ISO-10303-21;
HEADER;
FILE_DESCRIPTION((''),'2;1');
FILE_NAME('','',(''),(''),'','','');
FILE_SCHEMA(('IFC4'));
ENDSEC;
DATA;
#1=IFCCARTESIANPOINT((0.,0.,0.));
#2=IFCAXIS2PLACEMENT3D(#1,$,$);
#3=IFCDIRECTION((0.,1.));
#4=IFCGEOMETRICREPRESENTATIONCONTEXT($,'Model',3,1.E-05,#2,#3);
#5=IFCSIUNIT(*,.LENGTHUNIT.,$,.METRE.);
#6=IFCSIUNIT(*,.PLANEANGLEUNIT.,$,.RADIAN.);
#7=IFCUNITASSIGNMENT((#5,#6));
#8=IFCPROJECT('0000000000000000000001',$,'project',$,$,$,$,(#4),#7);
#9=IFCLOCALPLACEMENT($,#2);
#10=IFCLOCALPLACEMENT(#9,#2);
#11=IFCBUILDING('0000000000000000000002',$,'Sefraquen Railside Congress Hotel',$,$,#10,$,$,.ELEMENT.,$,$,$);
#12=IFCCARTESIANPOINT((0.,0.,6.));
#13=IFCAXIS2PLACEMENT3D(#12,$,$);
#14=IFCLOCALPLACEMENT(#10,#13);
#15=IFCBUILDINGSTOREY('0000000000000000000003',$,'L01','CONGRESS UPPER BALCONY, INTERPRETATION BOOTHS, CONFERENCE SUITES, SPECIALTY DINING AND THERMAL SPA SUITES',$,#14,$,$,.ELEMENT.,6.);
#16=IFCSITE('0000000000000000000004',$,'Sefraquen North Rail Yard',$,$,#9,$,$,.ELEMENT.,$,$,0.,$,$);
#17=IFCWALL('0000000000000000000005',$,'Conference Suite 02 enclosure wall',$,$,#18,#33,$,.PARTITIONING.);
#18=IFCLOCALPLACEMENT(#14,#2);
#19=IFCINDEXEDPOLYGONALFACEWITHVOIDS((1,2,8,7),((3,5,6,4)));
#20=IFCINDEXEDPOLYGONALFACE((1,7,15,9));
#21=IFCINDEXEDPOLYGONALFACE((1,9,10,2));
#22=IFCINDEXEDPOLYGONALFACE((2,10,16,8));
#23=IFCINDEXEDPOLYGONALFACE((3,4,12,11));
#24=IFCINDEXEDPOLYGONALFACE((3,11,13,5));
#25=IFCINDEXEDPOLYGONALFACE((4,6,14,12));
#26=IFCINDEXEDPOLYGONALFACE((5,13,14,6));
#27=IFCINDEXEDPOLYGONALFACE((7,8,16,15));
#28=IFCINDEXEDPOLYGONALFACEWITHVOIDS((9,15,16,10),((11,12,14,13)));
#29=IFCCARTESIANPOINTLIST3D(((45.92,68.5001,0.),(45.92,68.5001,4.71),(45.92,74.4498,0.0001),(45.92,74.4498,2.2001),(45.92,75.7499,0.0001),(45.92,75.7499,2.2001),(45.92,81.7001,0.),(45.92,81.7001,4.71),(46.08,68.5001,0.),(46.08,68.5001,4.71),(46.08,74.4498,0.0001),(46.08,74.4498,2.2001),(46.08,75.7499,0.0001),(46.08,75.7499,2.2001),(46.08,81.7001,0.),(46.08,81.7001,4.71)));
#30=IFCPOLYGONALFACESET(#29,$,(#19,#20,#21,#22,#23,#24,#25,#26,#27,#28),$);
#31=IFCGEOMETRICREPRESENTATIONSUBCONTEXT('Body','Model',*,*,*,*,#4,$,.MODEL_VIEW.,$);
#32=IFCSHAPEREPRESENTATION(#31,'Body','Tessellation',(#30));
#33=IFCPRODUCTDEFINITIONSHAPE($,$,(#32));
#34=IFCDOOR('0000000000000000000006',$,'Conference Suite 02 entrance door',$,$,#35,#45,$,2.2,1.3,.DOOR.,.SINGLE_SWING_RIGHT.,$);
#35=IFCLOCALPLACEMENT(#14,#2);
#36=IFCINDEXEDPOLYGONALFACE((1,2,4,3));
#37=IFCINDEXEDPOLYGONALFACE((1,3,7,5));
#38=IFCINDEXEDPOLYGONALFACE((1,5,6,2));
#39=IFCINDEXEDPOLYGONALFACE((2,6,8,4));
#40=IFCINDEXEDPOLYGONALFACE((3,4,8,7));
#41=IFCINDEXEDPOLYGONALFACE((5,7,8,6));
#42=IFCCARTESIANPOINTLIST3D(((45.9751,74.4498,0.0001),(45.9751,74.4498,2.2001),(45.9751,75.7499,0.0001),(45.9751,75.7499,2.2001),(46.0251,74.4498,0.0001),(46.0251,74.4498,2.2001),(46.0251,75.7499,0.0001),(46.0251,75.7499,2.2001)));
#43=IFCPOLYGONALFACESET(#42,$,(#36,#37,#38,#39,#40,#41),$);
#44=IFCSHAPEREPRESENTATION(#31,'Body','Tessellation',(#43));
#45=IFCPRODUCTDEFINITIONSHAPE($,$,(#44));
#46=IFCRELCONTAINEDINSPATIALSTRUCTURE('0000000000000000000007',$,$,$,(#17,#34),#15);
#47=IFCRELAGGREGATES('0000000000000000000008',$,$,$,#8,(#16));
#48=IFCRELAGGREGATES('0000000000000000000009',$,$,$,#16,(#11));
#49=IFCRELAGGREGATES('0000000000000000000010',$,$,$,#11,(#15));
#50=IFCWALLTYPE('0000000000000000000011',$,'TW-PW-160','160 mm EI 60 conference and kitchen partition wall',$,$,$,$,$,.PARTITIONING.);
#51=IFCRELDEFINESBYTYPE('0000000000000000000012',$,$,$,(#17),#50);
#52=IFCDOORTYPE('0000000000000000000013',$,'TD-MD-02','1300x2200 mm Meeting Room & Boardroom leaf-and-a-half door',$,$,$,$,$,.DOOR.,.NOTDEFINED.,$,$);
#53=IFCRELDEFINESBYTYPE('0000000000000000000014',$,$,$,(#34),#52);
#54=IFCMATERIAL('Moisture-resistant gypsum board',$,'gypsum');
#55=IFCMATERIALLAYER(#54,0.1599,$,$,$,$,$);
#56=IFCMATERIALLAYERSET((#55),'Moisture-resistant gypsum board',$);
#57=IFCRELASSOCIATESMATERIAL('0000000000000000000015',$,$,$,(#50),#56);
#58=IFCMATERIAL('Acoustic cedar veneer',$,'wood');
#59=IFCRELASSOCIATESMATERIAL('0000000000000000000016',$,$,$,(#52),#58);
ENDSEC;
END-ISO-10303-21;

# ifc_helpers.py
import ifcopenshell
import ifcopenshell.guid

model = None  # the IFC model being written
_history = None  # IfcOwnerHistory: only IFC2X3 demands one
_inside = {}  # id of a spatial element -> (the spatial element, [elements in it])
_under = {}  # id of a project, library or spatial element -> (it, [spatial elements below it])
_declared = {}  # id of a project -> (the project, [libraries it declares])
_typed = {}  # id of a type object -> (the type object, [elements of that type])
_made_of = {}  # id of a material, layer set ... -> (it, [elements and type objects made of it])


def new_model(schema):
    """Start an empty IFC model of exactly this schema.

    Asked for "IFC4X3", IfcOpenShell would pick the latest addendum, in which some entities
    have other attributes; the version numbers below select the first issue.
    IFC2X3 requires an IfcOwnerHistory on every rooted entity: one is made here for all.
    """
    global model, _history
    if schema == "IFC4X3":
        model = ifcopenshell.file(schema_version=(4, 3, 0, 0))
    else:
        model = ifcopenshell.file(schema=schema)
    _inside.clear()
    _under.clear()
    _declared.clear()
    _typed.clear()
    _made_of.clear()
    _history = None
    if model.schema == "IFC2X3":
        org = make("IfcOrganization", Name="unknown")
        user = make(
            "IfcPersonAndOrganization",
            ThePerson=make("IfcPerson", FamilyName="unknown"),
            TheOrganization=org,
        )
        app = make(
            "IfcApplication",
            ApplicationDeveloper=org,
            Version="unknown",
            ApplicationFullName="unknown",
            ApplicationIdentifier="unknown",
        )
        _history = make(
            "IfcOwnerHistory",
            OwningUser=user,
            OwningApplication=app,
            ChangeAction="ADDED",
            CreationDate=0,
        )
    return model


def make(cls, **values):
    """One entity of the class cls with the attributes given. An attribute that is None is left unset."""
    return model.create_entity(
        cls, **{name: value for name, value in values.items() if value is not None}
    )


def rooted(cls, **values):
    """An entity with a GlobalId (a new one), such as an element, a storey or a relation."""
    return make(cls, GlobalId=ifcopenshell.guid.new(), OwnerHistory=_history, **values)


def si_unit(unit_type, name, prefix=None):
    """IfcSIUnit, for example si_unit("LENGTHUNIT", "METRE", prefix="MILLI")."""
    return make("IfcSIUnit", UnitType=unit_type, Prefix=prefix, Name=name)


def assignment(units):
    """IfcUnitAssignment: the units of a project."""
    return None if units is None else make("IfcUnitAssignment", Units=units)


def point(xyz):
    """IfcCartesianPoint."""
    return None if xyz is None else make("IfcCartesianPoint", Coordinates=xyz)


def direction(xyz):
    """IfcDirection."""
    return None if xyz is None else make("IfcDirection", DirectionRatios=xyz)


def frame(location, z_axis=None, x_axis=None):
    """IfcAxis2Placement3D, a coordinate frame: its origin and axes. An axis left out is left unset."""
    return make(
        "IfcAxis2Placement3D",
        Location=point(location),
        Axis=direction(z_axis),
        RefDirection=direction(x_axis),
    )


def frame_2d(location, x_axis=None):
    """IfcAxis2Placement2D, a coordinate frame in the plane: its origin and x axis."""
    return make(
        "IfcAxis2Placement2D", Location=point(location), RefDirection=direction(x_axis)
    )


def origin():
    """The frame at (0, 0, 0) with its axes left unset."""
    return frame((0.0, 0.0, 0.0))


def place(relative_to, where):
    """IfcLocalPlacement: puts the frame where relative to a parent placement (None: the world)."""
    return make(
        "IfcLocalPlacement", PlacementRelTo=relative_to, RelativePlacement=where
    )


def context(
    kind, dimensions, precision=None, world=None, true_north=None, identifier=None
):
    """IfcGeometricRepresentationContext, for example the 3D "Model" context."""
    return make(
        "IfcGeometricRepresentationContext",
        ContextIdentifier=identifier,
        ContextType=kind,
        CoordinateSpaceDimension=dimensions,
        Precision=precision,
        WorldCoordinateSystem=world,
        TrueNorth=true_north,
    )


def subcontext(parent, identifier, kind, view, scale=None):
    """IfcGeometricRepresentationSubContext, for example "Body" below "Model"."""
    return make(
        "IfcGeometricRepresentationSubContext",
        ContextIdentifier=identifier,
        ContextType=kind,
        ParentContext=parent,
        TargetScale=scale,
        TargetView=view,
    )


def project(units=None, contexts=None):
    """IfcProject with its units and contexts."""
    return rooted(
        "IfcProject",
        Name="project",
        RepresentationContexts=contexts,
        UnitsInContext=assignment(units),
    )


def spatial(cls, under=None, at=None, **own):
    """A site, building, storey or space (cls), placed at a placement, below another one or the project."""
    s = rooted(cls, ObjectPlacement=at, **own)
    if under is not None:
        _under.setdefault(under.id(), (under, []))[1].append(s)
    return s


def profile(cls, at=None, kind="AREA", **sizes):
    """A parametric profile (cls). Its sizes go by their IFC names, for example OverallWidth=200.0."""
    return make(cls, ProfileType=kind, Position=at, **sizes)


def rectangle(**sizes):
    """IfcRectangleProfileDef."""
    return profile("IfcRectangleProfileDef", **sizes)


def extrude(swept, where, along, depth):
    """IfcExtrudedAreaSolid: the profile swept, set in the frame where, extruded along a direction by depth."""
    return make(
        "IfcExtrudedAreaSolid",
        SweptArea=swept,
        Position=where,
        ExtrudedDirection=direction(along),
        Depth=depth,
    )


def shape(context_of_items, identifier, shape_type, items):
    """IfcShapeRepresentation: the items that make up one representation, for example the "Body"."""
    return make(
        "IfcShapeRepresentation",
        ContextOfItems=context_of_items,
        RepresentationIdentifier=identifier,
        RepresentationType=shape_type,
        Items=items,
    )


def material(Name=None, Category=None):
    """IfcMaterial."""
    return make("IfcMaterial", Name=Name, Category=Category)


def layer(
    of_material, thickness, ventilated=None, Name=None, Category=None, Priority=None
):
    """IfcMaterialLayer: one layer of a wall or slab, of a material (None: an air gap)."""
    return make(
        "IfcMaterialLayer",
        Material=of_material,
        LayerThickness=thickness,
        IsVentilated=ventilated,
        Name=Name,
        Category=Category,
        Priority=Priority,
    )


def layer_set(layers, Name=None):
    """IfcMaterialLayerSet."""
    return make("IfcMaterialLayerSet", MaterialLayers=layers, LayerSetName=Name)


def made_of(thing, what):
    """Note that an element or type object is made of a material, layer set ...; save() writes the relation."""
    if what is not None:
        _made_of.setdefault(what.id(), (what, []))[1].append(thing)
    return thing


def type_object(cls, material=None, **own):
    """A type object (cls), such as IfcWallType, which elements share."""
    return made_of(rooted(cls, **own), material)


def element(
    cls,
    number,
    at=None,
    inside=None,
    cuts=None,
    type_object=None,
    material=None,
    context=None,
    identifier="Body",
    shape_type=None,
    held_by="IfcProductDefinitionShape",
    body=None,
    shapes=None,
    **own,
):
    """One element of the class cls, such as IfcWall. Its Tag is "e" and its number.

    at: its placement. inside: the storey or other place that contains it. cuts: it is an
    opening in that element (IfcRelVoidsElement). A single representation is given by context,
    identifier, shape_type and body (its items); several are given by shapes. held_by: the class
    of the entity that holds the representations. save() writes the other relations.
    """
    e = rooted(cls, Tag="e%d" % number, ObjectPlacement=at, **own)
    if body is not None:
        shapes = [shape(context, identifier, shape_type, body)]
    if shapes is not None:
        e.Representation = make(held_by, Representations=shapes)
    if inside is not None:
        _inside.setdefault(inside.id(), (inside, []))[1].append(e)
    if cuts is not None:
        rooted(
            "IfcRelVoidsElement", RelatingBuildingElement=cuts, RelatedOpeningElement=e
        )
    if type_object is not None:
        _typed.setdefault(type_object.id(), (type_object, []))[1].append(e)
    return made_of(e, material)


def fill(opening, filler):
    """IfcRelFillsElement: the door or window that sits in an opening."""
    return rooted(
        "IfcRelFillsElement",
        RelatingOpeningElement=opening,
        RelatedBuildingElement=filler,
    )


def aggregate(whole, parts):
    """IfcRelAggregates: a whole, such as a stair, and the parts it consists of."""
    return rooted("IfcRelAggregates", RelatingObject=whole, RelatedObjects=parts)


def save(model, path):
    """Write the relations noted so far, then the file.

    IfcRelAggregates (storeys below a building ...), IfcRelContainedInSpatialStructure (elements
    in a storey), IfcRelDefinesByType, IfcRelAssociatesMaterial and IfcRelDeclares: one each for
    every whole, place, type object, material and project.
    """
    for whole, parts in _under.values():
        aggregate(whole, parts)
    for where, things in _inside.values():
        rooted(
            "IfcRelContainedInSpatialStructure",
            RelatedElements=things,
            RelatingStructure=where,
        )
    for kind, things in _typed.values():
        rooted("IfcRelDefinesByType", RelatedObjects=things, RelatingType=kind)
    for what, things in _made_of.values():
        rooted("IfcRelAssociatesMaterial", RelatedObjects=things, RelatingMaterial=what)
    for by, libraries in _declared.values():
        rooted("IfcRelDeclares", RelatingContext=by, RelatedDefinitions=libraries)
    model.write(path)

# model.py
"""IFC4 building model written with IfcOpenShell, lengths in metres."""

from ifc_helpers import new_model, si_unit, direction, frame, frame_2d, origin, place, context, subcontext, project, spatial, rectangle, extrude, material, layer, layer_set, type_object, element, fill, save


model = new_model("IFC4")

# Units and contexts
model_context = context("Model", 3, precision=1e-05, world=origin(), true_north=direction((0.0, 1.0)))
body_context = subcontext(model_context, "Body", "Model", "MODEL_VIEW")
ifc_project = project(units=[si_unit("LENGTHUNIT", "METRE"), si_unit("PLANEANGLEUNIT", "RADIAN")], contexts=[model_context])

# Site, building, storey
site_placement = place(None, origin())
site = spatial("IfcSite", under=ifc_project, at=site_placement, Name="Sefraquen North Rail Yard", CompositionType="ELEMENT", RefElevation=0.0)
building_placement = place(site_placement, origin())
building = spatial("IfcBuilding", under=site, at=building_placement, Name="Sefraquen Railside Congress Hotel", CompositionType="ELEMENT")
storey_placement = place(building_placement, frame((0.0, 0.0, 6.0)))
storey = spatial("IfcBuildingStorey", under=building, at=storey_placement, Name="L01", Description="CONGRESS UPPER BALCONY, INTERPRETATION BOOTHS, CONFERENCE SUITES, SPECIALTY DINING AND THERMAL SPA SUITES", CompositionType="ELEMENT", Elevation=6.0)

# Wall, opening, door
ifc_material_1 = material(Name="Moisture-resistant gypsum board", Category="gypsum")
ifc_layer_1 = layer(ifc_material_1, 0.1599)
ifc_layer_set_1 = layer_set([ifc_layer_1], Name="Moisture-resistant gypsum board")
wall_type_1 = type_object("IfcWallType", Name="TW-PW-160", Description="160 mm EI 60 conference and kitchen partition wall", PredefinedType="PARTITIONING", material=ifc_layer_set_1)
wall_1_placement = place(storey_placement, frame((46.0, 68.5, 0.0), z_axis=(0.0, 0.0, 1.0), x_axis=(0.0, 1.0, 0.0)))
wall_1 = element("IfcWall", 1, at=wall_1_placement, inside=storey, type_object=wall_type_1, Name="Conference Suite 02 enclosure wall", PredefinedType="PARTITIONING", context=body_context, shape_type="SweptSolid", body=[
    extrude(rectangle(XDim=13.2, YDim=0.1599, at=frame_2d((6.6001, 0.0))), origin(), (0.0, 0.0, 1.0), 4.71),
])
opening_placement = place(wall_1_placement, frame((5.95, 0.0, 0.0)))
opening = element("IfcOpeningElement", 2, at=opening_placement, cuts=wall_1, PredefinedType="OPENING", context=body_context, shape_type="SweptSolid", body=[
    extrude(rectangle(XDim=1.3, YDim=2.2, at=frame_2d((0.6499, 1.1001))), frame((0.0, 0.0898, 0.0), z_axis=(0.0, -1.0, 0.0), x_axis=(1.0, 0.0, 0.0)), (0.0, 0.0, 1.0), 0.1799),
])
ifc_material_2 = material(Name="Acoustic cedar veneer", Category="wood")
door_type = type_object("IfcDoorType", Name="TD-MD-02", Description="1300x2200 mm Meeting Room & Boardroom leaf-and-a-half door", OperationType="NOTDEFINED", PredefinedType="DOOR", material=ifc_material_2)
door_placement = place(opening_placement, origin())
door = element("IfcDoor", 3, at=door_placement, inside=storey, type_object=door_type, Name="Conference Suite 02 entrance door", OperationType="SINGLE_SWING_RIGHT", OverallHeight=2.2, OverallWidth=1.3, PredefinedType="DOOR", context=body_context, shape_type="SweptSolid", body=[
    extrude(rectangle(XDim=1.3, YDim=2.2, at=frame_2d((0.6499, 1.1001))), frame((0.0, 0.0249, 0.0), z_axis=(0.0, -1.0, 0.0), x_axis=(1.0, 0.0, 0.0)), (0.0, 0.0, 1.0), 0.05),
])
fill(opening, door)

save(model, "model.ifc")
